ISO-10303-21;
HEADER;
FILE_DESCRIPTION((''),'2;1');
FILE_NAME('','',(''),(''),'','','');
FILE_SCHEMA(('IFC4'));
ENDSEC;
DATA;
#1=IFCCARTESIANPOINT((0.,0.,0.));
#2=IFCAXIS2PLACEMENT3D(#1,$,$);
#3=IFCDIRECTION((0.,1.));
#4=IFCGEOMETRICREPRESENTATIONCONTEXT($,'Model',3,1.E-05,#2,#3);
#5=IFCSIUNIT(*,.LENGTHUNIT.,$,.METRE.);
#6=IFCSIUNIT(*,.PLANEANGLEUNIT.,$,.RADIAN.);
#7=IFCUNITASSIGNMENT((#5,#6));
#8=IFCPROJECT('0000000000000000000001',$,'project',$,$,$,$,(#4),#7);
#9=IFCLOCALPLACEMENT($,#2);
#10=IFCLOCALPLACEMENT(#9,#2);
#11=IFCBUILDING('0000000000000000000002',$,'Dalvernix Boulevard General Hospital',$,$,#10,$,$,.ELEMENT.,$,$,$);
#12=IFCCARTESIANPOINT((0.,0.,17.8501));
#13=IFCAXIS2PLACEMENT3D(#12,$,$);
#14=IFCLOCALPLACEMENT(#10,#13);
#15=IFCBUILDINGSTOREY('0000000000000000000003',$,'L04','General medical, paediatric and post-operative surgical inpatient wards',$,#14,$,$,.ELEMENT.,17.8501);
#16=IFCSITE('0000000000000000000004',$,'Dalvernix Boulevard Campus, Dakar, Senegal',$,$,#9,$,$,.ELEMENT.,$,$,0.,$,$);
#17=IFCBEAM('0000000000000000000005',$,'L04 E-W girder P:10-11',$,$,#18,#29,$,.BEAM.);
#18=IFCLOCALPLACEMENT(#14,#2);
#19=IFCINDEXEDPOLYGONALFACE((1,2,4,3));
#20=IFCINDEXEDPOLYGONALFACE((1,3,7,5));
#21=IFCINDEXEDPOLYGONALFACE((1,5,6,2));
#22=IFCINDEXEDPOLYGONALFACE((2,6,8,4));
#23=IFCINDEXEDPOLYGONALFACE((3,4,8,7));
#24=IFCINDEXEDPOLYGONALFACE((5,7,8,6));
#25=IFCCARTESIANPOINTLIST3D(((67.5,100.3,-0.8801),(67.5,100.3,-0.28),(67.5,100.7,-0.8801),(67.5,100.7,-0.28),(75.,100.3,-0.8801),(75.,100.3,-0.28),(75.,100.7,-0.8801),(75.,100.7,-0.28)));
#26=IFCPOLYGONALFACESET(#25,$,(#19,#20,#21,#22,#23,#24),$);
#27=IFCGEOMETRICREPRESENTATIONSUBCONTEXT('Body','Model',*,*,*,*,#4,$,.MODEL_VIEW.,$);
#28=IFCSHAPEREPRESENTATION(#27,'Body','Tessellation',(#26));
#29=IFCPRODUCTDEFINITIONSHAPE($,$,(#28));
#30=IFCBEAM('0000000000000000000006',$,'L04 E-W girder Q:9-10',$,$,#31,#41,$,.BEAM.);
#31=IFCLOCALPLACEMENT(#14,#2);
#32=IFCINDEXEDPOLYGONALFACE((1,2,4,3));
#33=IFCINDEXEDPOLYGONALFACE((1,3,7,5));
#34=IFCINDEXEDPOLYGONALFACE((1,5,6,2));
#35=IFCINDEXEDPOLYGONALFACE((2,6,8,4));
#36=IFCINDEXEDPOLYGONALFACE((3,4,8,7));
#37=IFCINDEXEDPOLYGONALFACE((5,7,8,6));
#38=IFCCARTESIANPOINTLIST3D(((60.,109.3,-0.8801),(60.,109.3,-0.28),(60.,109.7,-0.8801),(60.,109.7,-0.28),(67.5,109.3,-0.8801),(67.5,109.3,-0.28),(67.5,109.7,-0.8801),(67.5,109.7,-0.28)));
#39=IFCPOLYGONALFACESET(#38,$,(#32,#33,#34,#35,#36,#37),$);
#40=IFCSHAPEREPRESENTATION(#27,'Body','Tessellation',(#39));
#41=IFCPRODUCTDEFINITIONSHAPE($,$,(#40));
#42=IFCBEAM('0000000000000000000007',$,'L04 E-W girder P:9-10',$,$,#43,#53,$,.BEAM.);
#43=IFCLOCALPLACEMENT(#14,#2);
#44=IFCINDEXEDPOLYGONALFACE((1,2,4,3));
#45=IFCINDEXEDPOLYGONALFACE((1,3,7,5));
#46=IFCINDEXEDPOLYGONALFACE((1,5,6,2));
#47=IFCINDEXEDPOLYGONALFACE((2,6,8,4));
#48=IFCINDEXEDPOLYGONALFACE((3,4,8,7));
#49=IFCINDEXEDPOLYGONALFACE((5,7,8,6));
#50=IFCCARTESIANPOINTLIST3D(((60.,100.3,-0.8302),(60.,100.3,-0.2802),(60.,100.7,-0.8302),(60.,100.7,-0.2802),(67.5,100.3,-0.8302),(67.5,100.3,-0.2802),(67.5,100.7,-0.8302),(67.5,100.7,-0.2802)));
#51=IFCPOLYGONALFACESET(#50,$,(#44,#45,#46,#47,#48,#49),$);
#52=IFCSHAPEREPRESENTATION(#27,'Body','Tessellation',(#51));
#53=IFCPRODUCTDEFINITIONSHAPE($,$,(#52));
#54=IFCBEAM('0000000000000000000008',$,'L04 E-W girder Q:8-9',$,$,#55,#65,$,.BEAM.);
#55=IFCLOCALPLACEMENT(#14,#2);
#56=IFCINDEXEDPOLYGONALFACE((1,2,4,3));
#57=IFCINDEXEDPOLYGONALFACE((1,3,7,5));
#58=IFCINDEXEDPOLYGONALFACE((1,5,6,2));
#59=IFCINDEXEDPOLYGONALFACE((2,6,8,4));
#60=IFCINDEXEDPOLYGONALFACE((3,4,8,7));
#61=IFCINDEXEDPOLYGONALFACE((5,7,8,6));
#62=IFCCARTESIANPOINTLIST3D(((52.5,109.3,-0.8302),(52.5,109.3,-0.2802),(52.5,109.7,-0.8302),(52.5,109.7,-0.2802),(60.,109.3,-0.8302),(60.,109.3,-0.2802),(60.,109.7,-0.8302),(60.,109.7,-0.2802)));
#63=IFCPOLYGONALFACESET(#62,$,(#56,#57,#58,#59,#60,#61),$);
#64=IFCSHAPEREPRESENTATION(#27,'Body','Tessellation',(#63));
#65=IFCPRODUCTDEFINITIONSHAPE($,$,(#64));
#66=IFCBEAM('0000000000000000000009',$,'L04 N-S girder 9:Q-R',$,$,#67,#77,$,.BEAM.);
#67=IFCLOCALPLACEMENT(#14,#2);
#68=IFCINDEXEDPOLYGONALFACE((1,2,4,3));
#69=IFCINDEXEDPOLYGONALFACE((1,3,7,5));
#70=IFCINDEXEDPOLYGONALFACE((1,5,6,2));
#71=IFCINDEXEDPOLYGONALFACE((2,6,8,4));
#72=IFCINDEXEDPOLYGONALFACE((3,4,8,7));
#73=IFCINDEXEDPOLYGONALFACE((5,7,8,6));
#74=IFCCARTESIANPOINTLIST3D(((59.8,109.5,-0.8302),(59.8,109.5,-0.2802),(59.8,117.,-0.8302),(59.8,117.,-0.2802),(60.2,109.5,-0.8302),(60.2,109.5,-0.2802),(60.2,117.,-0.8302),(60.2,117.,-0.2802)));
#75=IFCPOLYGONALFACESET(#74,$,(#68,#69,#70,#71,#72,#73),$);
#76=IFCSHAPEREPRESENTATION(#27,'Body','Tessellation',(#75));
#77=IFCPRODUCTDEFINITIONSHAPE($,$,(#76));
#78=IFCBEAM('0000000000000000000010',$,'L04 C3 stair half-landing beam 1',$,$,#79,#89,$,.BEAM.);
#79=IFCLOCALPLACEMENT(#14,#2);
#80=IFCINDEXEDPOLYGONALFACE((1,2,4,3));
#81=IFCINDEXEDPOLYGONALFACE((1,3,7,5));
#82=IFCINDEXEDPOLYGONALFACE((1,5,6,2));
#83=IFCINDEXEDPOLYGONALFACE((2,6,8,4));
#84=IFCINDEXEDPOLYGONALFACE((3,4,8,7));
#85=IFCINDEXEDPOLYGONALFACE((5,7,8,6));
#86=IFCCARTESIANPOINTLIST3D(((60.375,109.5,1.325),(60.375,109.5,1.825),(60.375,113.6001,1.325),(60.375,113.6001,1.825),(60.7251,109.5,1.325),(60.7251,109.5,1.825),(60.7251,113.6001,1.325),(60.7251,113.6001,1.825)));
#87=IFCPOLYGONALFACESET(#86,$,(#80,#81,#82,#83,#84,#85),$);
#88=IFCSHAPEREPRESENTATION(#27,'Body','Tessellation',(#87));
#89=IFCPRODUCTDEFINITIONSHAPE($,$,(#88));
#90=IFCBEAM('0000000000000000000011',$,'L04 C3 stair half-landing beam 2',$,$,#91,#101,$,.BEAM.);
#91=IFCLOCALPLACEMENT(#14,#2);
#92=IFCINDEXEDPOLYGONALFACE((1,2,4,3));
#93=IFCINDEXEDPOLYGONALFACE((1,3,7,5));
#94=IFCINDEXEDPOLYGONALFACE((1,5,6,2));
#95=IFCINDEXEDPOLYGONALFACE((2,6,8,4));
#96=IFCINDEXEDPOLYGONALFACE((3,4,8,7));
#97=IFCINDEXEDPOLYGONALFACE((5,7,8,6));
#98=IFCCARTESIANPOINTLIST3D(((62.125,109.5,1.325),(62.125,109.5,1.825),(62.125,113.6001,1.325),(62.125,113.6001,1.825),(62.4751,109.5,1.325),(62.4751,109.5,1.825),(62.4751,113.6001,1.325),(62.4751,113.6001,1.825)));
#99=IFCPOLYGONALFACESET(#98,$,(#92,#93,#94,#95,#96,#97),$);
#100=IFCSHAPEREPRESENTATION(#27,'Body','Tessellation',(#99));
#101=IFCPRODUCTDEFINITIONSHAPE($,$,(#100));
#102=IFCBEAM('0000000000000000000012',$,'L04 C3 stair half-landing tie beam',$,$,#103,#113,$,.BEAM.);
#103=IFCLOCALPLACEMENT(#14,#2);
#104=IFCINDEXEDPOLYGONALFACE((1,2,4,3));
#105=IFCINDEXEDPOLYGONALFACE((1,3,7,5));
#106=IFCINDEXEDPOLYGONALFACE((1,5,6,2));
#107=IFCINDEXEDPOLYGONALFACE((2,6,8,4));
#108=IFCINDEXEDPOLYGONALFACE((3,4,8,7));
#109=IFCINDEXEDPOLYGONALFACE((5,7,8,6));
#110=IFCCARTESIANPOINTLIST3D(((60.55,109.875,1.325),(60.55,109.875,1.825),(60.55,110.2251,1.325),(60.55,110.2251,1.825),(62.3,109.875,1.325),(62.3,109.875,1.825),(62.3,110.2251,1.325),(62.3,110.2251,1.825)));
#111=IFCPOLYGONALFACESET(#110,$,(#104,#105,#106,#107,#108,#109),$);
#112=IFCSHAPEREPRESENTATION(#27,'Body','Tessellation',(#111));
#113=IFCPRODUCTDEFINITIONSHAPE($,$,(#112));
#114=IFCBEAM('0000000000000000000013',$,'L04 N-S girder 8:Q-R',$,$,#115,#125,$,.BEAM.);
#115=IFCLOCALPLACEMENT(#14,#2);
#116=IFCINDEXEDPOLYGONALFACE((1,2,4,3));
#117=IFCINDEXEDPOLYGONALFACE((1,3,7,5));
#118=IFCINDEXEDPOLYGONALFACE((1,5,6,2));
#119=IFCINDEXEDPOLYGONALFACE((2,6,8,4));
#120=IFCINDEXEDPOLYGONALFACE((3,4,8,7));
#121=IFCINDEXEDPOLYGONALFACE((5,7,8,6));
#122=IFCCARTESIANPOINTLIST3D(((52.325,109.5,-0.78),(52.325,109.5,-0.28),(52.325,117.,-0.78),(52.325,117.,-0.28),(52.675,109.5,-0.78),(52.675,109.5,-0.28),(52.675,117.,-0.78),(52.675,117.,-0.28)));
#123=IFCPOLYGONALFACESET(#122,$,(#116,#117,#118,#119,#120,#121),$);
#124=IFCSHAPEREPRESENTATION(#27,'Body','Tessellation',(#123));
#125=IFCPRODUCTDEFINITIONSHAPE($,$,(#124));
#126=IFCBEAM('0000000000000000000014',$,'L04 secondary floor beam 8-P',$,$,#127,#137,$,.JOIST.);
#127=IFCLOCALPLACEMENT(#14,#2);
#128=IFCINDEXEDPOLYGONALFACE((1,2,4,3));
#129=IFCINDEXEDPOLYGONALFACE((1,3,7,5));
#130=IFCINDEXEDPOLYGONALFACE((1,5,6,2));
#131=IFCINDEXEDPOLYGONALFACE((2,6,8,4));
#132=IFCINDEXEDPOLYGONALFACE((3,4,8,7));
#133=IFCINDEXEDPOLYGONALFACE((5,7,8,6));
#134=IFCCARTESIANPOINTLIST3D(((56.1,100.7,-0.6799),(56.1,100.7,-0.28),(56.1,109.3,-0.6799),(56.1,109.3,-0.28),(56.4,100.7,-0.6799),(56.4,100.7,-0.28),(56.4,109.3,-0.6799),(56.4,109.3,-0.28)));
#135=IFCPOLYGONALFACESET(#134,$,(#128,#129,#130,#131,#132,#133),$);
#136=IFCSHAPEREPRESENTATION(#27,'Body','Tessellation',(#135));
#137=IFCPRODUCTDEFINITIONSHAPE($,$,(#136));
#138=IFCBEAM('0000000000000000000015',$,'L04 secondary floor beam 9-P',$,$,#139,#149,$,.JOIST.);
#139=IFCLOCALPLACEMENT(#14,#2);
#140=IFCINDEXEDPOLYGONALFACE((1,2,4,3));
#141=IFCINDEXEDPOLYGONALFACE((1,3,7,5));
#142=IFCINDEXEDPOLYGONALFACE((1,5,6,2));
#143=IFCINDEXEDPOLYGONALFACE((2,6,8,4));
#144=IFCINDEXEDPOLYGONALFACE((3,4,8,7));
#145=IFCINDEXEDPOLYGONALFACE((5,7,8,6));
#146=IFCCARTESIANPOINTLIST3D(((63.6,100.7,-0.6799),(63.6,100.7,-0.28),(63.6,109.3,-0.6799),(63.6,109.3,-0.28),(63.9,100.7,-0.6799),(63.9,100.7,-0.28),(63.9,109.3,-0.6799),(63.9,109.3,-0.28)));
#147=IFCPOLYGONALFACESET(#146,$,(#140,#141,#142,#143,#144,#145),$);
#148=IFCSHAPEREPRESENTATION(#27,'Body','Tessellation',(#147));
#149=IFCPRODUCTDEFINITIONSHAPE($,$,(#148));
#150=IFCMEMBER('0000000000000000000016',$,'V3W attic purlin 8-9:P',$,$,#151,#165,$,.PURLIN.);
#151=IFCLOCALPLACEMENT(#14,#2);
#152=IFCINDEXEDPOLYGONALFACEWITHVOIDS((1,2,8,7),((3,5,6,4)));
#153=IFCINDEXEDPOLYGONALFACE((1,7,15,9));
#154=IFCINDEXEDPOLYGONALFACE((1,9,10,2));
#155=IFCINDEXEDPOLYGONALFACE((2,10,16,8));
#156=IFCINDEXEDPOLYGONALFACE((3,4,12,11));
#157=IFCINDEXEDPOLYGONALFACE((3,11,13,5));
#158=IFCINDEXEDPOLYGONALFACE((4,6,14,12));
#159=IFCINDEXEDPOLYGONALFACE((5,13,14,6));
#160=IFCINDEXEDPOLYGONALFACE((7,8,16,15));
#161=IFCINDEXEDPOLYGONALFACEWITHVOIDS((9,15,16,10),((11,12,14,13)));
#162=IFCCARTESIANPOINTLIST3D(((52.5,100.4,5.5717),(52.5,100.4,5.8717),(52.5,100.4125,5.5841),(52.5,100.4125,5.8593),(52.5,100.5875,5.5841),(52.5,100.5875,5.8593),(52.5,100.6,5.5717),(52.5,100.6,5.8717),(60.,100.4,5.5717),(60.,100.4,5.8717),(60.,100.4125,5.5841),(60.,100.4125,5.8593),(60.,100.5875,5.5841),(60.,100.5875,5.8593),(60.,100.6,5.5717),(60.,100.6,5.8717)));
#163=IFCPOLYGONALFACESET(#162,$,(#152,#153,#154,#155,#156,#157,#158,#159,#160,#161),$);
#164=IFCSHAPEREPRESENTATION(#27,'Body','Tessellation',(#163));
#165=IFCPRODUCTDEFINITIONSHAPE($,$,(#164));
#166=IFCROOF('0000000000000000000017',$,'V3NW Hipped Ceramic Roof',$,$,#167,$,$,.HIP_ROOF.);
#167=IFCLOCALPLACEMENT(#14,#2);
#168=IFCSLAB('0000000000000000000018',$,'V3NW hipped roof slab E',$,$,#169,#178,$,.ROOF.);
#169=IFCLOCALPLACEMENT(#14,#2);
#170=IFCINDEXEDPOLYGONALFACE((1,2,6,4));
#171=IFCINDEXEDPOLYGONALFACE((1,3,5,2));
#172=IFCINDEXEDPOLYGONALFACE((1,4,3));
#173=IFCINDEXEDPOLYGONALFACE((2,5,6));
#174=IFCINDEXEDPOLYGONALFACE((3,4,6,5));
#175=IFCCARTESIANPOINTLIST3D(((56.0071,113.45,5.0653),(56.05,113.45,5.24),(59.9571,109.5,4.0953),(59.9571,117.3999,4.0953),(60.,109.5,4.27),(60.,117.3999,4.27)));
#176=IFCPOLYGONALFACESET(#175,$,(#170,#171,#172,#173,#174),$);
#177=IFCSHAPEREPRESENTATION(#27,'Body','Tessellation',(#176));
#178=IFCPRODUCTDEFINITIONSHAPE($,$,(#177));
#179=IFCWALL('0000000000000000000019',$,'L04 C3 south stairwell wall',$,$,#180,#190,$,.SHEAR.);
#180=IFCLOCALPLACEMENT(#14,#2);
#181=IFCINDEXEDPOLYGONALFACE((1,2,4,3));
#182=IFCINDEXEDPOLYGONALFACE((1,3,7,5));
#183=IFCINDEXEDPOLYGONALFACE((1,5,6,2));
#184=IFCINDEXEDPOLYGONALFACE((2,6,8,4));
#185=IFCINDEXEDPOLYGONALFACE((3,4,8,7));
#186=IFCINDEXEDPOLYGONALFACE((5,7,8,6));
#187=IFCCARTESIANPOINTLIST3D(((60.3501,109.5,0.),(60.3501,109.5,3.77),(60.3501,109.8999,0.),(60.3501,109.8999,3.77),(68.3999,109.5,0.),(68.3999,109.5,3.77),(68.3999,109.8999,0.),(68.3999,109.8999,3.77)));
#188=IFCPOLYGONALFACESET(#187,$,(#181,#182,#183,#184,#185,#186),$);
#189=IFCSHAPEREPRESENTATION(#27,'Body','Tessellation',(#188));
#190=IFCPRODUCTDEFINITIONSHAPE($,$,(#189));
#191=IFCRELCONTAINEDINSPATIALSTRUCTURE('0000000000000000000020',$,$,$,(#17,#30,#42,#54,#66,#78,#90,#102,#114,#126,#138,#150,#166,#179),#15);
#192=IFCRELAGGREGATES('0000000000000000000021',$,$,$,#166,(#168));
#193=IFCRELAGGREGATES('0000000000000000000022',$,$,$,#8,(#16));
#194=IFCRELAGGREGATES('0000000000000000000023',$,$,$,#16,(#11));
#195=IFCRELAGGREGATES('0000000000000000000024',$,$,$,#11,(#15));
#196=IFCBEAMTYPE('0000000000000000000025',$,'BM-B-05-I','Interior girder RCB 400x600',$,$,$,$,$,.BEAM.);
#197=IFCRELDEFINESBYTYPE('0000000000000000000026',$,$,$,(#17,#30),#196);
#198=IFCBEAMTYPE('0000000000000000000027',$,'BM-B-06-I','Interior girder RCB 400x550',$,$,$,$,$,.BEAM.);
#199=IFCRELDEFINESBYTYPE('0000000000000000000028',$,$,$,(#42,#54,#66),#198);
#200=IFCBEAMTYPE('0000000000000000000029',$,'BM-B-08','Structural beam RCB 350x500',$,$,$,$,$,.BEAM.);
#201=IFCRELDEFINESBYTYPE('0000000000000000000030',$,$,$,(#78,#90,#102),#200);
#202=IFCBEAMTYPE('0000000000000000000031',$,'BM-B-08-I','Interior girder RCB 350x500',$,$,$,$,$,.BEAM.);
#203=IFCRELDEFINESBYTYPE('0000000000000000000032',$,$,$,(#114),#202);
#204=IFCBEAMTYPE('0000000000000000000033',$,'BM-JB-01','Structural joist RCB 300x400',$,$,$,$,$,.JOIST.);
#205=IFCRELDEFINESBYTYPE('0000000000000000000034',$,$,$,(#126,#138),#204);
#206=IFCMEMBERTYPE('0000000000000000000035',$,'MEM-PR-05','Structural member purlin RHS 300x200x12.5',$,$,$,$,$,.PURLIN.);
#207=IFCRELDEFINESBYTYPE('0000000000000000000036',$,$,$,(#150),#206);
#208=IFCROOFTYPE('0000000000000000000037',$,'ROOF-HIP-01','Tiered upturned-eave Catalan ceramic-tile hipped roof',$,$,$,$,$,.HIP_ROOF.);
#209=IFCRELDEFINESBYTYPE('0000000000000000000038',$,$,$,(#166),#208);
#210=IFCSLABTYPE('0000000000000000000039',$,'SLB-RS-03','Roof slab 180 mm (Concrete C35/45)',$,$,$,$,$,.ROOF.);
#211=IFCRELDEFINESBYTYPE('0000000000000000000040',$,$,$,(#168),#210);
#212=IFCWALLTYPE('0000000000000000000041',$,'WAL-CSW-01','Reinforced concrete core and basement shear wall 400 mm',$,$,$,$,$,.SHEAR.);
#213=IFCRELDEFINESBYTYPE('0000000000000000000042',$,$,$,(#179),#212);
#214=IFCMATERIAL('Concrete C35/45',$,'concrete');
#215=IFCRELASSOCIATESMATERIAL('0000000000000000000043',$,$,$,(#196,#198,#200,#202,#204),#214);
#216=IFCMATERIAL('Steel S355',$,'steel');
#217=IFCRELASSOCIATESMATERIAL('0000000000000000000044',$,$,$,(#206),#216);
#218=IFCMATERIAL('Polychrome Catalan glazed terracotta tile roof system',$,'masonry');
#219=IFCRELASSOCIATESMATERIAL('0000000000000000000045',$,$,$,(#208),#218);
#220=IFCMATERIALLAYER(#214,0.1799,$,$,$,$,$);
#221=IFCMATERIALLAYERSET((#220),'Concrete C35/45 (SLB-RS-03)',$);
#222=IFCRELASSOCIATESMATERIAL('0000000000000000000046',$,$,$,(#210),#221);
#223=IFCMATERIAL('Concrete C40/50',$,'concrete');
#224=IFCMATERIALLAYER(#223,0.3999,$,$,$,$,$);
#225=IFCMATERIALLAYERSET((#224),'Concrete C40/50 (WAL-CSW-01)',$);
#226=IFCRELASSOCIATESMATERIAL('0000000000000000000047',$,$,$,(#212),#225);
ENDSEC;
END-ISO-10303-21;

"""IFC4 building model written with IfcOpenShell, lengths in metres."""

from ifc_helpers import new_model, si_unit, direction, frame, frame_2d, origin, origin_2d, place, context, subcontext, project, spatial, polyline, rectangle, hollow_rectangle, outline, extrude, material, layer, layer_set, material_profile, profile_set, type_object, element, aggregate, save


model = new_model("IFC4")

# Units and contexts
model_context = context("Model", 3, precision=1e-05, world=origin(), true_north=direction((0.0, 1.0)))
body_context = subcontext(model_context, "Body", "Model", "MODEL_VIEW")
ifc_project = project(units=[si_unit("LENGTHUNIT", "METRE"), si_unit("PLANEANGLEUNIT", "RADIAN")], contexts=[model_context])

# Site, building, storey
site_placement = place(None, origin())
site = spatial("IfcSite", under=ifc_project, at=site_placement, Name="Dalvernix Boulevard Campus, Dakar, Senegal", CompositionType="ELEMENT", RefElevation=0.0)
building_placement = place(site_placement, origin())
building = spatial("IfcBuilding", under=site, at=building_placement, Name="Dalvernix Boulevard General Hospital", CompositionType="ELEMENT")
storey_placement = place(building_placement, frame((0.0, 0.0, 17.8501)))
storey = spatial("IfcBuildingStorey", under=building, at=storey_placement, Name="L04", Description="General medical, paediatric and post-operative surgical inpatient wards", CompositionType="ELEMENT", Elevation=17.8501)

# Shared definitions
ifc_material_1 = material(Name="Concrete C40/50", Category="concrete")
ifc_material_2 = material(Name="Steel S355", Category="steel")

# Beams
ifc_material_3 = material(Name="Concrete C35/45", Category="concrete")
ifc_material_profile_1 = material_profile(ifc_material_3, rectangle(XDim=0.3999, YDim=0.6001, at=origin_2d()), Name="RCB 400x600")
ifc_profile_set_1 = profile_set([ifc_material_profile_1], Name="Concrete C35/45")
beam_type_1 = type_object("IfcBeamType", Name="BM-B-05-I", Description="Interior girder RCB 400x600", PredefinedType="BEAM", material=ifc_profile_set_1)
for number, where, z_axis, x_axis, name in (
    (1, (67.5, 100.5, -0.5801), (1.0, 0.0, 0.0), (0.0, 1.0, 0.0), "L04 E-W girder P:10-11"),
    (2, (60.0, 109.5, -0.5801), (1.0, 0.0, 0.0), (0.0, 1.0, 0.0), "L04 E-W girder Q:9-10"),
):
    element("IfcBeam", number, at=place(storey_placement, frame(where, z_axis=z_axis, x_axis=x_axis)), inside=storey, type_object=beam_type_1, Name=name, PredefinedType="BEAM", context=body_context, shape_type="SweptSolid", body=[
        extrude(rectangle(XDim=0.3999, YDim=0.6001, at=origin_2d()), origin(), (0.0, 0.0, 1.0), 7.5),
    ])
ifc_material_profile_2 = material_profile(ifc_material_3, rectangle(XDim=0.3999, YDim=0.55, at=origin_2d()), Name="RCB 400x550")
ifc_profile_set_2 = profile_set([ifc_material_profile_2], Name="Concrete C35/45")
beam_type_2 = type_object("IfcBeamType", Name="BM-B-06-I", Description="Interior girder RCB 400x550", PredefinedType="BEAM", material=ifc_profile_set_2)
for number, where, z_axis, x_axis, name in (
    (3, (60.0, 100.5, -0.5552), (1.0, 0.0, 0.0), (0.0, 1.0, 0.0), "L04 E-W girder P:9-10"),
    (4, (52.5, 109.5, -0.5552), (1.0, 0.0, 0.0), (0.0, 1.0, 0.0), "L04 E-W girder Q:8-9"),
    (5, (60.0, 109.5, -0.5552), (0.0, 1.0, 0.0), (-1.0, 0.0, 0.0), "L04 N-S girder 9:Q-R"),
):
    element("IfcBeam", number, at=place(storey_placement, frame(where, z_axis=z_axis, x_axis=x_axis)), inside=storey, type_object=beam_type_2, Name=name, PredefinedType="BEAM", context=body_context, shape_type="SweptSolid", body=[
        extrude(rectangle(XDim=0.3999, YDim=0.55, at=origin_2d()), origin(), (0.0, 0.0, 1.0), 7.5),
    ])
ifc_material_profile_3 = material_profile(ifc_material_3, rectangle(XDim=0.3501, YDim=0.5, at=origin_2d()), Name="RCB 350x500")
ifc_profile_set_3 = profile_set([ifc_material_profile_3], Name="Concrete C35/45")
beam_type_3 = type_object("IfcBeamType", Name="BM-B-08", Description="Structural beam RCB 350x500", PredefinedType="BEAM", material=ifc_profile_set_3)
for number, where, z_axis, x_axis, name in (
    (6, (60.55, 109.5, 1.575), (0.0, 1.0, 0.0), (-1.0, 0.0, 0.0), "L04 C3 stair half-landing beam 1"),
    (7, (62.3, 109.5, 1.575), (0.0, 1.0, 0.0), (-1.0, 0.0, 0.0), "L04 C3 stair half-landing beam 2"),
):
    element("IfcBeam", number, at=place(storey_placement, frame(where, z_axis=z_axis, x_axis=x_axis)), inside=storey, type_object=beam_type_3, Name=name, PredefinedType="BEAM", context=body_context, shape_type="SweptSolid", body=[
        extrude(rectangle(XDim=0.3501, YDim=0.5, at=origin_2d()), origin(), (0.0, 0.0, 1.0), 4.1001),
    ])
beam_1_placement = place(storey_placement, frame((60.55, 110.05, 1.575), z_axis=(1.0, 0.0, 0.0), x_axis=(0.0, 1.0, 0.0)))
element("IfcBeam", 8, at=beam_1_placement, inside=storey, type_object=beam_type_3, Name="L04 C3 stair half-landing tie beam", PredefinedType="BEAM", context=body_context, shape_type="SweptSolid", body=[
    extrude(rectangle(XDim=0.3501, YDim=0.5, at=origin_2d()), origin(), (0.0, 0.0, 1.0), 1.75),
])
ifc_material_profile_4 = material_profile(ifc_material_3, rectangle(XDim=0.3501, YDim=0.5, at=origin_2d()), Name="RCB 350x500")
ifc_profile_set_4 = profile_set([ifc_material_profile_4], Name="Concrete C35/45")
beam_type_4 = type_object("IfcBeamType", Name="BM-B-08-I", Description="Interior girder RCB 350x500", PredefinedType="BEAM", material=ifc_profile_set_4)
beam_2_placement = place(storey_placement, frame((52.5, 109.5, -0.53), z_axis=(0.0, 1.0, 0.0), x_axis=(-1.0, 0.0, 0.0)))
element("IfcBeam", 9, at=beam_2_placement, inside=storey, type_object=beam_type_4, Name="L04 N-S girder 8:Q-R", PredefinedType="BEAM", context=body_context, shape_type="SweptSolid", body=[
    extrude(rectangle(XDim=0.3501, YDim=0.5, at=origin_2d()), origin(), (0.0, 0.0, 1.0), 7.5),
])
ifc_material_profile_5 = material_profile(ifc_material_3, rectangle(XDim=0.3, YDim=0.3999, at=origin_2d()), Name="RCB 300x400")
ifc_profile_set_5 = profile_set([ifc_material_profile_5], Name="Concrete C35/45")
beam_type_5 = type_object("IfcBeamType", Name="BM-JB-01", Description="Structural joist RCB 300x400", PredefinedType="JOIST", material=ifc_profile_set_5)
for number, where, z_axis, x_axis, name in (
    (10, (56.25, 100.7, -0.48), (0.0, 1.0, 0.0), (-1.0, 0.0, 0.0), "L04 secondary floor beam 8-P"),
    (11, (63.75, 100.7, -0.48), (0.0, 1.0, 0.0), (-1.0, 0.0, 0.0), "L04 secondary floor beam 9-P"),
):
    element("IfcBeam", number, at=place(storey_placement, frame(where, z_axis=z_axis, x_axis=x_axis)), inside=storey, type_object=beam_type_5, Name=name, PredefinedType="JOIST", context=body_context, shape_type="SweptSolid", body=[
        extrude(rectangle(XDim=0.3, YDim=0.3999, at=origin_2d()), origin(), (0.0, 0.0, 1.0), 8.6001),
    ])

# Member
ifc_material_profile_6 = material_profile(ifc_material_2, hollow_rectangle(XDim=0.2, YDim=0.3, WallThickness=0.0125, at=origin_2d()), Name="RHS 300x200x12.5")
ifc_profile_set_6 = profile_set([ifc_material_profile_6], Name="Steel S355")
member_type = type_object("IfcMemberType", Name="MEM-PR-05", Description="Structural member purlin RHS 300x200x12.5", PredefinedType="PURLIN", material=ifc_profile_set_6)
member_placement = place(storey_placement, frame((52.5, 100.5, 5.7217), z_axis=(1.0, 0.0, 0.0), x_axis=(0.0, 1.0, 0.0)))
element("IfcMember", 12, at=member_placement, inside=storey, type_object=member_type, Name="V3W attic purlin 8-9:P", PredefinedType="PURLIN", context=body_context, shape_type="SweptSolid", body=[
    extrude(hollow_rectangle(XDim=0.2, YDim=0.3, WallThickness=0.0125, at=origin_2d()), origin(), (0.0, 0.0, 1.0), 7.5),
])

# Roof, slab
ifc_material_4 = material(Name="Polychrome Catalan glazed terracotta tile roof system", Category="masonry")
roof_type_1 = type_object("IfcRoofType", Name="ROOF-HIP-01", Description="Tiered upturned-eave Catalan ceramic-tile hipped roof", PredefinedType="HIP_ROOF", material=ifc_material_4)
roof_1_placement = place(storey_placement, origin())
roof_1 = element("IfcRoof", 13, at=roof_1_placement, inside=storey, type_object=roof_type_1, Name="V3NW Hipped Ceramic Roof", PredefinedType="HIP_ROOF")
ifc_layer_1 = layer(ifc_material_3, 0.1799)
ifc_layer_set_1 = layer_set([ifc_layer_1], Name="Concrete C35/45 (SLB-RS-03)")
slab_type = type_object("IfcSlabType", Name="SLB-RS-03", Description="Roof slab 180 mm (Concrete C35/45)", PredefinedType="ROOF", material=ifc_layer_set_1)
slab_placement = place(storey_placement, frame((60.0, 109.5, 4.27), z_axis=(0.23848, 0.0, 0.971147), x_axis=(0.0, 1.0, 0.0)))
slab = element("IfcSlab", 14, at=slab_placement, type_object=slab_type, Name="V3NW hipped roof slab E", PredefinedType="ROOF", context=body_context, shape_type="SweptSolid", body=[
    extrude(outline(polyline([(0.0, 0.0), (7.8999, 0.0), (3.95, 4.0673), (0.0, 0.0)])), origin(), (0.0, 0.0, -1.0), 0.1799),
])
aggregate(roof_1, [slab])

# Wall
ifc_layer_2 = layer(ifc_material_1, 0.3999)
ifc_layer_set_2 = layer_set([ifc_layer_2], Name="Concrete C40/50 (WAL-CSW-01)")
wall_type_1 = type_object("IfcWallType", Name="WAL-CSW-01", Description="Reinforced concrete core and basement shear wall 400 mm", PredefinedType="SHEAR", material=ifc_layer_set_2)
wall_1_placement = place(storey_placement, frame((60.3501, 109.7, 0.0), z_axis=(0.0, 0.0, 1.0), x_axis=(1.0, 0.0, 0.0)))
element("IfcWall", 15, at=wall_1_placement, inside=storey, type_object=wall_type_1, Name="L04 C3 south stairwell wall", PredefinedType="SHEAR", context=body_context, shape_type="SweptSolid", body=[
    extrude(rectangle(XDim=8.0498, YDim=0.3999, at=frame_2d((4.0249, 0.0))), origin(), (0.0, 0.0, 1.0), 3.77),
])

save(model, "model.ifc")
